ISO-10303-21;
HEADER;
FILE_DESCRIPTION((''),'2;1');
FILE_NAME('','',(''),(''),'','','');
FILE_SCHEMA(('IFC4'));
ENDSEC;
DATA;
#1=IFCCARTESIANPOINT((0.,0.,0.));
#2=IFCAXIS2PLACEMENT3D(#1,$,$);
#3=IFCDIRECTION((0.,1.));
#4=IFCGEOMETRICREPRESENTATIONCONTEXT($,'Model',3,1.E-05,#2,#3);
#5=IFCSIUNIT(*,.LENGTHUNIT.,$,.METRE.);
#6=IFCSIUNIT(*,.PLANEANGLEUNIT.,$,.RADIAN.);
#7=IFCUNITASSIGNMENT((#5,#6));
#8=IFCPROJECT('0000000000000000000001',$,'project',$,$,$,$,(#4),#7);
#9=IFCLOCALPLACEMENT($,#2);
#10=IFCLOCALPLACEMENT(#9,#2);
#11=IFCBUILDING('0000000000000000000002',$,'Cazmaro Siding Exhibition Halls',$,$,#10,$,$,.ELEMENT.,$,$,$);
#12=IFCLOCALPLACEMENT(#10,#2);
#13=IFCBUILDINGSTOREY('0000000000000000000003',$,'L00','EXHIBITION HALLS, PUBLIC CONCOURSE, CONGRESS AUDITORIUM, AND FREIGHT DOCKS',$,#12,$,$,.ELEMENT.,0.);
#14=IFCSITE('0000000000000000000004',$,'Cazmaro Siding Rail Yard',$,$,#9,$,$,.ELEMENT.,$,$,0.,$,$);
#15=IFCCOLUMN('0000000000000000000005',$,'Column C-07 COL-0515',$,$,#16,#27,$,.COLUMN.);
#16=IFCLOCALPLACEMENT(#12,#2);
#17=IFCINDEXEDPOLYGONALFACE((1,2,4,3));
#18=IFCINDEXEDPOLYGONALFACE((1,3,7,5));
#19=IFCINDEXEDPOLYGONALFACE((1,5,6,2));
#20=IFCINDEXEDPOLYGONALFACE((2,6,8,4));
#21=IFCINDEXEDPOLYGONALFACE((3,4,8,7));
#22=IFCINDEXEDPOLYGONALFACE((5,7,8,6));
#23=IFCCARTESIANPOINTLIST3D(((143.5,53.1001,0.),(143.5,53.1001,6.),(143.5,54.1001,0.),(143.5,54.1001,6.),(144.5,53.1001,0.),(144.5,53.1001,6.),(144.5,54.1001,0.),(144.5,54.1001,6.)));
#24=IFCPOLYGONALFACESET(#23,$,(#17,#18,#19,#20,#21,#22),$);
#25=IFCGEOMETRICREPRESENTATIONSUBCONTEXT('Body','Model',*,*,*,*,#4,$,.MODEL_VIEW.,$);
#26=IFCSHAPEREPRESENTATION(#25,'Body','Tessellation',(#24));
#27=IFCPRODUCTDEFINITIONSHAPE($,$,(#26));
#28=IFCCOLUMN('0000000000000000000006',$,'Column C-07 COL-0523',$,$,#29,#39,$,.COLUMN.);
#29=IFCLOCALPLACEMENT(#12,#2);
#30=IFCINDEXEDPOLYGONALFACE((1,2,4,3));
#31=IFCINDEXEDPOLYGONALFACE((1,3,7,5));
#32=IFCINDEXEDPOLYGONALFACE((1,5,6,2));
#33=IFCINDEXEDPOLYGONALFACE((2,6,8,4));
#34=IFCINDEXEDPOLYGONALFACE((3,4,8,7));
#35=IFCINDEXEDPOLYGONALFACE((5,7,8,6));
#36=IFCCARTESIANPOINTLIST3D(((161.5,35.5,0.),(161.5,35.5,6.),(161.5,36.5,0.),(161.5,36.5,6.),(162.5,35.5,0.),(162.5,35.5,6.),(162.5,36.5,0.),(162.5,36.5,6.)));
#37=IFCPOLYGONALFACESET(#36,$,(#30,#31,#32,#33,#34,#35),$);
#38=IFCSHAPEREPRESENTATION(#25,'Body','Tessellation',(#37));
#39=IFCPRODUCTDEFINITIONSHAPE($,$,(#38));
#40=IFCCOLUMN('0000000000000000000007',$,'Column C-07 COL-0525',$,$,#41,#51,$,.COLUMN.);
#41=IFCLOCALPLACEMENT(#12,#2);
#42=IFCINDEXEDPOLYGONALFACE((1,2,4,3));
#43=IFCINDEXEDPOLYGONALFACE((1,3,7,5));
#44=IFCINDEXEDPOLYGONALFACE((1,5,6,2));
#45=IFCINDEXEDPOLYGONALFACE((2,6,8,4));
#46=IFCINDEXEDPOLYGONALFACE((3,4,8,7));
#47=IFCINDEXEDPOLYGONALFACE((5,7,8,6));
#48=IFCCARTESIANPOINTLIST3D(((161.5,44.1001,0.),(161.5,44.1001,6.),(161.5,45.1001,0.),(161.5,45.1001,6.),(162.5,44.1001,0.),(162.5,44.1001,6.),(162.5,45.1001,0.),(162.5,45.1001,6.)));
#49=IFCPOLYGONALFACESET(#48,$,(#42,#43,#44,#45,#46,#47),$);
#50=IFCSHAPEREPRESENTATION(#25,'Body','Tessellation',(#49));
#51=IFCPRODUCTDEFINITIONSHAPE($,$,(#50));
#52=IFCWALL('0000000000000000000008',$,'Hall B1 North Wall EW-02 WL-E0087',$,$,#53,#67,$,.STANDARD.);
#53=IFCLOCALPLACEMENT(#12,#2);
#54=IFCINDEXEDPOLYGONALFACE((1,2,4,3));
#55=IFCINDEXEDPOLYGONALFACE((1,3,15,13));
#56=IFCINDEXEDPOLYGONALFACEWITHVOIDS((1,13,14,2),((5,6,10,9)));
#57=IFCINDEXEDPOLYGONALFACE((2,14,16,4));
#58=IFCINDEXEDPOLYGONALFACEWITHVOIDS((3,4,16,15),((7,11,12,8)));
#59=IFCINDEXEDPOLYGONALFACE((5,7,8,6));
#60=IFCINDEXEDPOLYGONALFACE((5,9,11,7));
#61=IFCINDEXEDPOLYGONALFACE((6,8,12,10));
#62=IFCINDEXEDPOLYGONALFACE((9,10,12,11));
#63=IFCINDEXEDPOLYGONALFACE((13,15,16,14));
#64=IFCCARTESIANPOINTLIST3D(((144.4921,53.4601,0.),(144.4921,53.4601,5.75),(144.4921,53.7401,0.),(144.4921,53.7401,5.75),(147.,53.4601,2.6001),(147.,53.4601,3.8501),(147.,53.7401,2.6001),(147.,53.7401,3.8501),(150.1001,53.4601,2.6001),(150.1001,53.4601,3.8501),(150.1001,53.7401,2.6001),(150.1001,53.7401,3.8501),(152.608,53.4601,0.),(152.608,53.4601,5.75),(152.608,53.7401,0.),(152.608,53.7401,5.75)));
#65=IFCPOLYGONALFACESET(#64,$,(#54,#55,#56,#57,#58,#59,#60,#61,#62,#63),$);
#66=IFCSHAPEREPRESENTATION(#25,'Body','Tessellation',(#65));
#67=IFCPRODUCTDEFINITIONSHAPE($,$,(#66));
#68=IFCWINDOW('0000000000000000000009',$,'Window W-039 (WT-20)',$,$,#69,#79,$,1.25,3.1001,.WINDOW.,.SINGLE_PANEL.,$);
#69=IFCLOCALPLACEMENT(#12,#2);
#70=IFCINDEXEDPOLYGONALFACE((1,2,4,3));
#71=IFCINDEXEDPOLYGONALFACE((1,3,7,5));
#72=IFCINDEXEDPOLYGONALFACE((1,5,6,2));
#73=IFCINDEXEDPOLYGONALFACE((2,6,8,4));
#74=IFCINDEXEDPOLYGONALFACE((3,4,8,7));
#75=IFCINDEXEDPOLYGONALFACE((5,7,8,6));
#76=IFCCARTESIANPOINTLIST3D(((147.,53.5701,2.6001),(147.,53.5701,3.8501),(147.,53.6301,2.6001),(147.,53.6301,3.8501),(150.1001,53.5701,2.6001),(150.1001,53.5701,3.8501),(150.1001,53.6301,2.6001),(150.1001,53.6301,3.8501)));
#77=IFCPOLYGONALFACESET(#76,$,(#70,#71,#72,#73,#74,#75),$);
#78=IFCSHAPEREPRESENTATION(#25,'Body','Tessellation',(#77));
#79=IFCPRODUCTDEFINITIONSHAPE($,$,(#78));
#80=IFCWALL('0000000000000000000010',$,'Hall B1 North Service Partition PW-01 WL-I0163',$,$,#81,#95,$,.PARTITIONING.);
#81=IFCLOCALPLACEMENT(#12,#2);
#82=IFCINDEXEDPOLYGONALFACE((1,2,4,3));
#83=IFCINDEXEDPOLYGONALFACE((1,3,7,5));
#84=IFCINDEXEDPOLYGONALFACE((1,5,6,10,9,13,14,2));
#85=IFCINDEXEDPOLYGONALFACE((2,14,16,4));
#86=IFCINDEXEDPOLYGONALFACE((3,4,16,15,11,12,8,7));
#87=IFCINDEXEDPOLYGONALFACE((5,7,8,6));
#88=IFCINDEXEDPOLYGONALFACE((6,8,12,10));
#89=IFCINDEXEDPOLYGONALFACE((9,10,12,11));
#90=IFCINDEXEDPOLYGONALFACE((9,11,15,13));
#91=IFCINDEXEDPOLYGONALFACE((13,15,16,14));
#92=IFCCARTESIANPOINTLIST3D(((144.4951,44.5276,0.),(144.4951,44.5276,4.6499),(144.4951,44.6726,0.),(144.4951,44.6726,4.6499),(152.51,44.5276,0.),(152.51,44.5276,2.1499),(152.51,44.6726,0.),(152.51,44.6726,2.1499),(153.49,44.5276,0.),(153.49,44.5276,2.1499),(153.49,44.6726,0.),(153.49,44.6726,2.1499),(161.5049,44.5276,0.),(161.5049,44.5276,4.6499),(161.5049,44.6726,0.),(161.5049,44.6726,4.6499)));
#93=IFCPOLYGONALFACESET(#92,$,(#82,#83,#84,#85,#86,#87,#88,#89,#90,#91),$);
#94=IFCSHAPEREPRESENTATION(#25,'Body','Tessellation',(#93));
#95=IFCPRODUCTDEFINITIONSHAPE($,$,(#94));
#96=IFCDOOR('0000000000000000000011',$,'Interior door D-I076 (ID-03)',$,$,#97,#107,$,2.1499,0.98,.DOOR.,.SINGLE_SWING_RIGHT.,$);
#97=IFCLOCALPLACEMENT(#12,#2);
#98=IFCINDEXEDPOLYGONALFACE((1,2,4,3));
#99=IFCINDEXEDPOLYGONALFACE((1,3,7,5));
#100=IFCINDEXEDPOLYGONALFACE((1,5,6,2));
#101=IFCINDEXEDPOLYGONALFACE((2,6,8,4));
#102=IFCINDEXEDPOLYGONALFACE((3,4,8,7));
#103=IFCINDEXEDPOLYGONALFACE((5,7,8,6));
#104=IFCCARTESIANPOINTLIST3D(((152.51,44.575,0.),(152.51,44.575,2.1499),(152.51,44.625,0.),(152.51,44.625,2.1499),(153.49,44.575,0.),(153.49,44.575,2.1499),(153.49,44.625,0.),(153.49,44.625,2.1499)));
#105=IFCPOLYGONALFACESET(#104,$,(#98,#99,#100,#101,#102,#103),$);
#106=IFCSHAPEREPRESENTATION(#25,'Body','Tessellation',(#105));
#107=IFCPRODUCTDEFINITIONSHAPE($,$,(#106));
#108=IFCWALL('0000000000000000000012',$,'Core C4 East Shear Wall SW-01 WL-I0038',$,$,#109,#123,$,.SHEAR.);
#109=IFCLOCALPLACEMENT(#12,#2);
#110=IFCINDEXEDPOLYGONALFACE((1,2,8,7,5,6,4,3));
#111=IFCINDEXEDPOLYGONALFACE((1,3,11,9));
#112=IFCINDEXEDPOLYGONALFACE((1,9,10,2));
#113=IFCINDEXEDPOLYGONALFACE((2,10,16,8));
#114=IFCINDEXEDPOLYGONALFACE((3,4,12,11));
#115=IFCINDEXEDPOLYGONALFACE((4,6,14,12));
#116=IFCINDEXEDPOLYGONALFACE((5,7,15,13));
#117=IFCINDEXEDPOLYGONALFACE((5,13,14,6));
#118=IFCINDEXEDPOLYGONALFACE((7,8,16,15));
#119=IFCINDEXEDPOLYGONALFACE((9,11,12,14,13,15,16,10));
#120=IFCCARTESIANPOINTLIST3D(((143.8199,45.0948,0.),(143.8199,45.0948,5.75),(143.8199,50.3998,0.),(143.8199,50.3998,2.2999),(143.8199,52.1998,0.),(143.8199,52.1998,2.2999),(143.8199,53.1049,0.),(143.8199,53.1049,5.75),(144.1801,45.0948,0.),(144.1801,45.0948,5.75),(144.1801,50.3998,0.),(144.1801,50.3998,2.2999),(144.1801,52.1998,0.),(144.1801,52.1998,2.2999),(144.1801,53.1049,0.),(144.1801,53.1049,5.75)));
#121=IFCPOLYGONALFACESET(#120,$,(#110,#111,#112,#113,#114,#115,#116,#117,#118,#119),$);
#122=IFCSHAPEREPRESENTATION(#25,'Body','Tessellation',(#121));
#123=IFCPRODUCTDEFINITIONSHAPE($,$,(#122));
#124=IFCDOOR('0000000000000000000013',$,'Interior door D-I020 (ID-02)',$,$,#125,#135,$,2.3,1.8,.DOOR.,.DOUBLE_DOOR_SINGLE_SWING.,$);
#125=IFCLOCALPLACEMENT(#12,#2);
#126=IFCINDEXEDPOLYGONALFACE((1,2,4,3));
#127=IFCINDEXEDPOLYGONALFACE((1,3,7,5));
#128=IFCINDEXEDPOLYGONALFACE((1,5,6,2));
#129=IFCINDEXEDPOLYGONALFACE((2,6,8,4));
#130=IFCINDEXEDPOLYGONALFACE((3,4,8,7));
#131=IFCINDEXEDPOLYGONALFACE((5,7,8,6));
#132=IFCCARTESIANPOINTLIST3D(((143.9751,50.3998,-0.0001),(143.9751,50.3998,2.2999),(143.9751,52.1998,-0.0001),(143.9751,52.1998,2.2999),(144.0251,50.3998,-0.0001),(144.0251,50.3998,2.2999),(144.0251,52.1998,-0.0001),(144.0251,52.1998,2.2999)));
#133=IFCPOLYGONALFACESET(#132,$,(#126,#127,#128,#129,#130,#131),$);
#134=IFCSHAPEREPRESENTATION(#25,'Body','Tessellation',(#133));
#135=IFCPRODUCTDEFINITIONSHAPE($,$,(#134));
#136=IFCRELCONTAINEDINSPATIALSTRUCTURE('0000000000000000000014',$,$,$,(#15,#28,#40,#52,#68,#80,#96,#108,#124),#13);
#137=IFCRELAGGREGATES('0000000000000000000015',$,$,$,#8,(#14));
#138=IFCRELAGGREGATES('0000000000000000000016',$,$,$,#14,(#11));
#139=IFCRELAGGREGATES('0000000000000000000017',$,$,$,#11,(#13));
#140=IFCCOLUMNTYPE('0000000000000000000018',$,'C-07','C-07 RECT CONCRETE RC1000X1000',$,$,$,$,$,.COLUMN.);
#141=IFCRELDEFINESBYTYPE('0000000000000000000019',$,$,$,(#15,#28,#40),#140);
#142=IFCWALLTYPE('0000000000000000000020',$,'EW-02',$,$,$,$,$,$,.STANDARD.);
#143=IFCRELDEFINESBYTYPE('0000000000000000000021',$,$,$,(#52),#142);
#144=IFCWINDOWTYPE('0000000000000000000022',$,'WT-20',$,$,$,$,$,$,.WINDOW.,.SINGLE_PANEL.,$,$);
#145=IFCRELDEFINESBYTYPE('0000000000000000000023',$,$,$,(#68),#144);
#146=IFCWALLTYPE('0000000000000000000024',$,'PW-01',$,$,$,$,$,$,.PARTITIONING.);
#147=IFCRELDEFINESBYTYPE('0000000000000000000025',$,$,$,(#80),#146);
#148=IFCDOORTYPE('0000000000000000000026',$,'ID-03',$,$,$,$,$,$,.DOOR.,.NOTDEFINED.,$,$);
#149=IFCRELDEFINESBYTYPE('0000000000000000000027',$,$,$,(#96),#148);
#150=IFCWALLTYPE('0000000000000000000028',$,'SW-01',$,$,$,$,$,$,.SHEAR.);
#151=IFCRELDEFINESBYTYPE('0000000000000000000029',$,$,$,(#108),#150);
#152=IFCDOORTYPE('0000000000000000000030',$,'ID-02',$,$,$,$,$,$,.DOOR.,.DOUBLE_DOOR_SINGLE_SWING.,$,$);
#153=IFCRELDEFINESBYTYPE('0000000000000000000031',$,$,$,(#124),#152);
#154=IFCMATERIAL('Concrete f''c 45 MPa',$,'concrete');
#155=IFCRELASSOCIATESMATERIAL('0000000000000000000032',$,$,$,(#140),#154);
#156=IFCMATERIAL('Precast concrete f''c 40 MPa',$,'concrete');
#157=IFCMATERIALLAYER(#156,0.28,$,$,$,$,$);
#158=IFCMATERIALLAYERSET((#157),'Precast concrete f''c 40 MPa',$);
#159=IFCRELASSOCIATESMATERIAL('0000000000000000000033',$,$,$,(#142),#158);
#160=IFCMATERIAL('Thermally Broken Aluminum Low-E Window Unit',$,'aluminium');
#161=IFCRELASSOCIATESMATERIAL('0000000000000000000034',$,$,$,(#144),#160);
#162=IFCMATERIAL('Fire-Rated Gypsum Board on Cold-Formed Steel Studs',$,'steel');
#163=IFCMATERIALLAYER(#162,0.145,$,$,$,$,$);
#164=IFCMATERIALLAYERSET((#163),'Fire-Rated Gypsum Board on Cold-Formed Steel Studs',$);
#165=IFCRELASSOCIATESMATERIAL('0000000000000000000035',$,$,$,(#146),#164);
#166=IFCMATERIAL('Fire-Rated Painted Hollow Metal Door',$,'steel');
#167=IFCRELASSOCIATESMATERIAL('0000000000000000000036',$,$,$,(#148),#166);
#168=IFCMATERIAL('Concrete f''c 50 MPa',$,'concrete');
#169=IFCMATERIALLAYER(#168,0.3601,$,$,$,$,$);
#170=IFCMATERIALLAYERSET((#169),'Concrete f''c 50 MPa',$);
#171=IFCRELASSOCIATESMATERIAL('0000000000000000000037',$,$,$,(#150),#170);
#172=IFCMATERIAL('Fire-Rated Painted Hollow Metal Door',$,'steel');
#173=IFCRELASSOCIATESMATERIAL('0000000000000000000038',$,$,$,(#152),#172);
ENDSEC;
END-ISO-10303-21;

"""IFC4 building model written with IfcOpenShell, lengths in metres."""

from ifc_helpers import new_model, si_unit, direction, frame, frame_2d, origin, origin_2d, place, context, subcontext, project, spatial, rectangle, extrude, material, layer, layer_set, material_profile, profile_set, type_object, element, fill, save


model = new_model("IFC4")

# Units and contexts
model_context = context("Model", 3, precision=1e-05, world=origin(), true_north=direction((0.0, 1.0)))
body_context = subcontext(model_context, "Body", "Model", "MODEL_VIEW")
ifc_project = project(units=[si_unit("LENGTHUNIT", "METRE"), si_unit("PLANEANGLEUNIT", "RADIAN")], contexts=[model_context])

# Site, building, storey
site_placement = place(None, origin())
site = spatial("IfcSite", under=ifc_project, at=site_placement, Name="Cazmaro Siding Rail Yard", CompositionType="ELEMENT", RefElevation=0.0)
building_placement = place(site_placement, origin())
building = spatial("IfcBuilding", under=site, at=building_placement, Name="Cazmaro Siding Exhibition Halls", CompositionType="ELEMENT")
storey_placement = place(building_placement, origin())
storey = spatial("IfcBuildingStorey", under=building, at=storey_placement, Name="L00", Description="EXHIBITION HALLS, PUBLIC CONCOURSE, CONGRESS AUDITORIUM, AND FREIGHT DOCKS", CompositionType="ELEMENT", Elevation=0.0)

# Columns
ifc_material_1 = material(Name="Concrete f'c 45 MPa", Category="concrete")
ifc_material_profile_1 = material_profile(ifc_material_1, rectangle(XDim=1.0, YDim=1.0, at=origin_2d()), Name="RC1000X1000")
ifc_profile_set_1 = profile_set([ifc_material_profile_1], Name="Concrete f'c 45 MPa")
column_type = type_object("IfcColumnType", Name="C-07", Description="C-07 RECT CONCRETE RC1000X1000", PredefinedType="COLUMN", material=ifc_profile_set_1)
for number, where, z_axis, x_axis, name in (
    (1, (144.0, 53.6001, 0.0), (0.0, 0.0, 1.0), (1.0, 0.0, 0.0), "Column C-07 COL-0515"),
    (2, (162.0, 36.0, 0.0), (0.0, 0.0, 1.0), (1.0, 0.0, 0.0), "Column C-07 COL-0523"),
    (3, (162.0, 44.6001, 0.0), (0.0, 0.0, 1.0), (1.0, 0.0, 0.0), "Column C-07 COL-0525"),
):
    element("IfcColumn", number, at=place(storey_placement, frame(where, z_axis=z_axis, x_axis=x_axis)), inside=storey, type_object=column_type, Name=name, PredefinedType="COLUMN", context=body_context, shape_type="SweptSolid", body=[
        extrude(rectangle(XDim=1.0, YDim=1.0, at=origin_2d()), origin(), (0.0, 0.0, 1.0), 6.0),
    ])

# Wall, opening, window
ifc_material_2 = material(Name="Precast concrete f'c 40 MPa", Category="concrete")
ifc_layer_1 = layer(ifc_material_2, 0.28)
ifc_layer_set_1 = layer_set([ifc_layer_1], Name="Precast concrete f'c 40 MPa")
wall_type_1 = type_object("IfcWallType", Name="EW-02", PredefinedType="STANDARD", material=ifc_layer_set_1)
wall_1_placement = place(storey_placement, frame((144.4919, 53.6001, 0.0), z_axis=(0.0, 0.0, 1.0), x_axis=(1.0, 0.0, 0.0)))
wall_1 = element("IfcWall", 4, at=wall_1_placement, inside=storey, type_object=wall_type_1, Name="Hall B1 North Wall EW-02 WL-E0087", PredefinedType="STANDARD", context=body_context, shape_type="SweptSolid", body=[
    extrude(rectangle(XDim=8.116, YDim=0.28, at=frame_2d((4.0581, 0.0))), origin(), (0.0, 0.0, 1.0), 5.75),
])
opening_1_placement = place(wall_1_placement, frame((2.5081, 0.0, 2.6001)))
opening_1 = element("IfcOpeningElement", 5, at=opening_1_placement, cuts=wall_1, PredefinedType="OPENING", context=body_context, shape_type="SweptSolid", body=[
    extrude(rectangle(XDim=3.1001, YDim=1.25, at=frame_2d((1.55, 0.625))), frame((0.0, 0.1499, 0.0), z_axis=(0.0, -1.0, 0.0), x_axis=(1.0, 0.0, 0.0)), (0.0, 0.0, 1.0), 0.3),
])
ifc_material_3 = material(Name="Thermally Broken Aluminum Low-E Window Unit", Category="aluminium")
window_type = type_object("IfcWindowType", Name="WT-20", PartitioningType="SINGLE_PANEL", PredefinedType="WINDOW", material=ifc_material_3)
window_placement = place(opening_1_placement, origin())
window = element("IfcWindow", 6, at=window_placement, inside=storey, type_object=window_type, Name="Window W-039 (WT-20)", OverallHeight=1.25, OverallWidth=3.1001, PartitioningType="SINGLE_PANEL", PredefinedType="WINDOW", context=body_context, shape_type="SweptSolid", body=[
    extrude(rectangle(XDim=3.1001, YDim=1.25, at=frame_2d((1.55, 0.625))), frame((0.0, 0.03, 0.0), z_axis=(0.0, -1.0, 0.0), x_axis=(1.0, 0.0, 0.0)), (0.0, 0.0, 1.0), 0.0601),
])
fill(opening_1, window)

# Walls, openings, doors
ifc_material_4 = material(Name="Fire-Rated Gypsum Board on Cold-Formed Steel Studs", Category="steel")
ifc_layer_2 = layer(ifc_material_4, 0.145)
ifc_layer_set_2 = layer_set([ifc_layer_2], Name="Fire-Rated Gypsum Board on Cold-Formed Steel Studs")
wall_type_2 = type_object("IfcWallType", Name="PW-01", PredefinedType="PARTITIONING", material=ifc_layer_set_2)
wall_2_placement = place(storey_placement, frame((144.4951, 44.6001, 0.0), z_axis=(0.0, 0.0, 1.0), x_axis=(1.0, 0.0, 0.0)))
wall_2 = element("IfcWall", 7, at=wall_2_placement, inside=storey, type_object=wall_type_2, Name="Hall B1 North Service Partition PW-01 WL-I0163", PredefinedType="PARTITIONING", context=body_context, shape_type="SweptSolid", body=[
    extrude(rectangle(XDim=17.0098, YDim=0.145, at=frame_2d((8.5049, 0.0))), origin(), (0.0, 0.0, 1.0), 4.6499),
])
opening_2_placement = place(wall_2_placement, frame((8.0149, 0.0, 0.0)))
opening_2 = element("IfcOpeningElement", 8, at=opening_2_placement, cuts=wall_2, PredefinedType="OPENING", context=body_context, shape_type="SweptSolid", body=[
    extrude(rectangle(XDim=0.98, YDim=2.1499, at=frame_2d((0.49, 1.075))), frame((0.0, 0.0825, 0.0), z_axis=(0.0, -1.0, 0.0), x_axis=(1.0, 0.0, 0.0)), (0.0, 0.0, 1.0), 0.165),
])
ifc_material_5 = material(Name="Fire-Rated Painted Hollow Metal Door", Category="steel")
door_type_1 = type_object("IfcDoorType", Name="ID-03", OperationType="NOTDEFINED", PredefinedType="DOOR", material=ifc_material_5)
door_1_placement = place(opening_2_placement, origin())
door_1 = element("IfcDoor", 9, at=door_1_placement, inside=storey, type_object=door_type_1, Name="Interior door D-I076 (ID-03)", OperationType="SINGLE_SWING_RIGHT", OverallHeight=2.1499, OverallWidth=0.98, PredefinedType="DOOR", context=body_context, shape_type="SweptSolid", body=[
    extrude(rectangle(XDim=0.98, YDim=2.1499, at=frame_2d((0.49, 1.075))), frame((0.0, 0.0249, 0.0), z_axis=(0.0, -1.0, 0.0), x_axis=(1.0, 0.0, 0.0)), (0.0, 0.0, 1.0), 0.05),
])
fill(opening_2, door_1)
ifc_material_6 = material(Name="Concrete f'c 50 MPa", Category="concrete")
ifc_layer_3 = layer(ifc_material_6, 0.3601)
ifc_layer_set_3 = layer_set([ifc_layer_3], Name="Concrete f'c 50 MPa")
wall_type_3 = type_object("IfcWallType", Name="SW-01", PredefinedType="SHEAR", material=ifc_layer_set_3)
wall_3_placement = place(storey_placement, frame((144.0, 45.095, 0.0), z_axis=(0.0, 0.0, 1.0), x_axis=(0.0, 1.0, 0.0)))
wall_3 = element("IfcWall", 10, at=wall_3_placement, inside=storey, type_object=wall_type_3, Name="Core C4 East Shear Wall SW-01 WL-I0038", PredefinedType="SHEAR", context=body_context, shape_type="SweptSolid", body=[
    extrude(rectangle(XDim=8.01, YDim=0.3601, at=frame_2d((4.0049, 0.0))), origin(), (0.0, 0.0, 1.0), 5.75),
])
opening_3_placement = place(wall_3_placement, frame((5.3049, 0.0, 0.0)))
opening_3 = element("IfcOpeningElement", 11, at=opening_3_placement, cuts=wall_3, PredefinedType="OPENING", context=body_context, shape_type="SweptSolid", body=[
    extrude(rectangle(XDim=1.8, YDim=2.3, at=frame_2d((0.8999, 1.1499))), frame((0.0, 0.1899, 0.0), z_axis=(0.0, -1.0, 0.0), x_axis=(1.0, 0.0, 0.0)), (0.0, 0.0, 1.0), 0.3801),
])
ifc_material_7 = material(Name="Fire-Rated Painted Hollow Metal Door", Category="steel")
door_type_2 = type_object("IfcDoorType", Name="ID-02", OperationType="DOUBLE_DOOR_SINGLE_SWING", PredefinedType="DOOR", material=ifc_material_7)
door_2_placement = place(opening_3_placement, origin())
door_2 = element("IfcDoor", 12, at=door_2_placement, inside=storey, type_object=door_type_2, Name="Interior door D-I020 (ID-02)", OperationType="DOUBLE_DOOR_SINGLE_SWING", OverallHeight=2.3, OverallWidth=1.8, PredefinedType="DOOR", context=body_context, shape_type="SweptSolid", body=[
    extrude(rectangle(XDim=1.8, YDim=2.3, at=frame_2d((0.8999, 1.1499))), frame((0.0, 0.0249, 0.0), z_axis=(0.0, -1.0, 0.0), x_axis=(1.0, 0.0, 0.0)), (0.0, 0.0, 1.0), 0.05),
])
fill(opening_3, door_2)

save(model, "model.ifc")
